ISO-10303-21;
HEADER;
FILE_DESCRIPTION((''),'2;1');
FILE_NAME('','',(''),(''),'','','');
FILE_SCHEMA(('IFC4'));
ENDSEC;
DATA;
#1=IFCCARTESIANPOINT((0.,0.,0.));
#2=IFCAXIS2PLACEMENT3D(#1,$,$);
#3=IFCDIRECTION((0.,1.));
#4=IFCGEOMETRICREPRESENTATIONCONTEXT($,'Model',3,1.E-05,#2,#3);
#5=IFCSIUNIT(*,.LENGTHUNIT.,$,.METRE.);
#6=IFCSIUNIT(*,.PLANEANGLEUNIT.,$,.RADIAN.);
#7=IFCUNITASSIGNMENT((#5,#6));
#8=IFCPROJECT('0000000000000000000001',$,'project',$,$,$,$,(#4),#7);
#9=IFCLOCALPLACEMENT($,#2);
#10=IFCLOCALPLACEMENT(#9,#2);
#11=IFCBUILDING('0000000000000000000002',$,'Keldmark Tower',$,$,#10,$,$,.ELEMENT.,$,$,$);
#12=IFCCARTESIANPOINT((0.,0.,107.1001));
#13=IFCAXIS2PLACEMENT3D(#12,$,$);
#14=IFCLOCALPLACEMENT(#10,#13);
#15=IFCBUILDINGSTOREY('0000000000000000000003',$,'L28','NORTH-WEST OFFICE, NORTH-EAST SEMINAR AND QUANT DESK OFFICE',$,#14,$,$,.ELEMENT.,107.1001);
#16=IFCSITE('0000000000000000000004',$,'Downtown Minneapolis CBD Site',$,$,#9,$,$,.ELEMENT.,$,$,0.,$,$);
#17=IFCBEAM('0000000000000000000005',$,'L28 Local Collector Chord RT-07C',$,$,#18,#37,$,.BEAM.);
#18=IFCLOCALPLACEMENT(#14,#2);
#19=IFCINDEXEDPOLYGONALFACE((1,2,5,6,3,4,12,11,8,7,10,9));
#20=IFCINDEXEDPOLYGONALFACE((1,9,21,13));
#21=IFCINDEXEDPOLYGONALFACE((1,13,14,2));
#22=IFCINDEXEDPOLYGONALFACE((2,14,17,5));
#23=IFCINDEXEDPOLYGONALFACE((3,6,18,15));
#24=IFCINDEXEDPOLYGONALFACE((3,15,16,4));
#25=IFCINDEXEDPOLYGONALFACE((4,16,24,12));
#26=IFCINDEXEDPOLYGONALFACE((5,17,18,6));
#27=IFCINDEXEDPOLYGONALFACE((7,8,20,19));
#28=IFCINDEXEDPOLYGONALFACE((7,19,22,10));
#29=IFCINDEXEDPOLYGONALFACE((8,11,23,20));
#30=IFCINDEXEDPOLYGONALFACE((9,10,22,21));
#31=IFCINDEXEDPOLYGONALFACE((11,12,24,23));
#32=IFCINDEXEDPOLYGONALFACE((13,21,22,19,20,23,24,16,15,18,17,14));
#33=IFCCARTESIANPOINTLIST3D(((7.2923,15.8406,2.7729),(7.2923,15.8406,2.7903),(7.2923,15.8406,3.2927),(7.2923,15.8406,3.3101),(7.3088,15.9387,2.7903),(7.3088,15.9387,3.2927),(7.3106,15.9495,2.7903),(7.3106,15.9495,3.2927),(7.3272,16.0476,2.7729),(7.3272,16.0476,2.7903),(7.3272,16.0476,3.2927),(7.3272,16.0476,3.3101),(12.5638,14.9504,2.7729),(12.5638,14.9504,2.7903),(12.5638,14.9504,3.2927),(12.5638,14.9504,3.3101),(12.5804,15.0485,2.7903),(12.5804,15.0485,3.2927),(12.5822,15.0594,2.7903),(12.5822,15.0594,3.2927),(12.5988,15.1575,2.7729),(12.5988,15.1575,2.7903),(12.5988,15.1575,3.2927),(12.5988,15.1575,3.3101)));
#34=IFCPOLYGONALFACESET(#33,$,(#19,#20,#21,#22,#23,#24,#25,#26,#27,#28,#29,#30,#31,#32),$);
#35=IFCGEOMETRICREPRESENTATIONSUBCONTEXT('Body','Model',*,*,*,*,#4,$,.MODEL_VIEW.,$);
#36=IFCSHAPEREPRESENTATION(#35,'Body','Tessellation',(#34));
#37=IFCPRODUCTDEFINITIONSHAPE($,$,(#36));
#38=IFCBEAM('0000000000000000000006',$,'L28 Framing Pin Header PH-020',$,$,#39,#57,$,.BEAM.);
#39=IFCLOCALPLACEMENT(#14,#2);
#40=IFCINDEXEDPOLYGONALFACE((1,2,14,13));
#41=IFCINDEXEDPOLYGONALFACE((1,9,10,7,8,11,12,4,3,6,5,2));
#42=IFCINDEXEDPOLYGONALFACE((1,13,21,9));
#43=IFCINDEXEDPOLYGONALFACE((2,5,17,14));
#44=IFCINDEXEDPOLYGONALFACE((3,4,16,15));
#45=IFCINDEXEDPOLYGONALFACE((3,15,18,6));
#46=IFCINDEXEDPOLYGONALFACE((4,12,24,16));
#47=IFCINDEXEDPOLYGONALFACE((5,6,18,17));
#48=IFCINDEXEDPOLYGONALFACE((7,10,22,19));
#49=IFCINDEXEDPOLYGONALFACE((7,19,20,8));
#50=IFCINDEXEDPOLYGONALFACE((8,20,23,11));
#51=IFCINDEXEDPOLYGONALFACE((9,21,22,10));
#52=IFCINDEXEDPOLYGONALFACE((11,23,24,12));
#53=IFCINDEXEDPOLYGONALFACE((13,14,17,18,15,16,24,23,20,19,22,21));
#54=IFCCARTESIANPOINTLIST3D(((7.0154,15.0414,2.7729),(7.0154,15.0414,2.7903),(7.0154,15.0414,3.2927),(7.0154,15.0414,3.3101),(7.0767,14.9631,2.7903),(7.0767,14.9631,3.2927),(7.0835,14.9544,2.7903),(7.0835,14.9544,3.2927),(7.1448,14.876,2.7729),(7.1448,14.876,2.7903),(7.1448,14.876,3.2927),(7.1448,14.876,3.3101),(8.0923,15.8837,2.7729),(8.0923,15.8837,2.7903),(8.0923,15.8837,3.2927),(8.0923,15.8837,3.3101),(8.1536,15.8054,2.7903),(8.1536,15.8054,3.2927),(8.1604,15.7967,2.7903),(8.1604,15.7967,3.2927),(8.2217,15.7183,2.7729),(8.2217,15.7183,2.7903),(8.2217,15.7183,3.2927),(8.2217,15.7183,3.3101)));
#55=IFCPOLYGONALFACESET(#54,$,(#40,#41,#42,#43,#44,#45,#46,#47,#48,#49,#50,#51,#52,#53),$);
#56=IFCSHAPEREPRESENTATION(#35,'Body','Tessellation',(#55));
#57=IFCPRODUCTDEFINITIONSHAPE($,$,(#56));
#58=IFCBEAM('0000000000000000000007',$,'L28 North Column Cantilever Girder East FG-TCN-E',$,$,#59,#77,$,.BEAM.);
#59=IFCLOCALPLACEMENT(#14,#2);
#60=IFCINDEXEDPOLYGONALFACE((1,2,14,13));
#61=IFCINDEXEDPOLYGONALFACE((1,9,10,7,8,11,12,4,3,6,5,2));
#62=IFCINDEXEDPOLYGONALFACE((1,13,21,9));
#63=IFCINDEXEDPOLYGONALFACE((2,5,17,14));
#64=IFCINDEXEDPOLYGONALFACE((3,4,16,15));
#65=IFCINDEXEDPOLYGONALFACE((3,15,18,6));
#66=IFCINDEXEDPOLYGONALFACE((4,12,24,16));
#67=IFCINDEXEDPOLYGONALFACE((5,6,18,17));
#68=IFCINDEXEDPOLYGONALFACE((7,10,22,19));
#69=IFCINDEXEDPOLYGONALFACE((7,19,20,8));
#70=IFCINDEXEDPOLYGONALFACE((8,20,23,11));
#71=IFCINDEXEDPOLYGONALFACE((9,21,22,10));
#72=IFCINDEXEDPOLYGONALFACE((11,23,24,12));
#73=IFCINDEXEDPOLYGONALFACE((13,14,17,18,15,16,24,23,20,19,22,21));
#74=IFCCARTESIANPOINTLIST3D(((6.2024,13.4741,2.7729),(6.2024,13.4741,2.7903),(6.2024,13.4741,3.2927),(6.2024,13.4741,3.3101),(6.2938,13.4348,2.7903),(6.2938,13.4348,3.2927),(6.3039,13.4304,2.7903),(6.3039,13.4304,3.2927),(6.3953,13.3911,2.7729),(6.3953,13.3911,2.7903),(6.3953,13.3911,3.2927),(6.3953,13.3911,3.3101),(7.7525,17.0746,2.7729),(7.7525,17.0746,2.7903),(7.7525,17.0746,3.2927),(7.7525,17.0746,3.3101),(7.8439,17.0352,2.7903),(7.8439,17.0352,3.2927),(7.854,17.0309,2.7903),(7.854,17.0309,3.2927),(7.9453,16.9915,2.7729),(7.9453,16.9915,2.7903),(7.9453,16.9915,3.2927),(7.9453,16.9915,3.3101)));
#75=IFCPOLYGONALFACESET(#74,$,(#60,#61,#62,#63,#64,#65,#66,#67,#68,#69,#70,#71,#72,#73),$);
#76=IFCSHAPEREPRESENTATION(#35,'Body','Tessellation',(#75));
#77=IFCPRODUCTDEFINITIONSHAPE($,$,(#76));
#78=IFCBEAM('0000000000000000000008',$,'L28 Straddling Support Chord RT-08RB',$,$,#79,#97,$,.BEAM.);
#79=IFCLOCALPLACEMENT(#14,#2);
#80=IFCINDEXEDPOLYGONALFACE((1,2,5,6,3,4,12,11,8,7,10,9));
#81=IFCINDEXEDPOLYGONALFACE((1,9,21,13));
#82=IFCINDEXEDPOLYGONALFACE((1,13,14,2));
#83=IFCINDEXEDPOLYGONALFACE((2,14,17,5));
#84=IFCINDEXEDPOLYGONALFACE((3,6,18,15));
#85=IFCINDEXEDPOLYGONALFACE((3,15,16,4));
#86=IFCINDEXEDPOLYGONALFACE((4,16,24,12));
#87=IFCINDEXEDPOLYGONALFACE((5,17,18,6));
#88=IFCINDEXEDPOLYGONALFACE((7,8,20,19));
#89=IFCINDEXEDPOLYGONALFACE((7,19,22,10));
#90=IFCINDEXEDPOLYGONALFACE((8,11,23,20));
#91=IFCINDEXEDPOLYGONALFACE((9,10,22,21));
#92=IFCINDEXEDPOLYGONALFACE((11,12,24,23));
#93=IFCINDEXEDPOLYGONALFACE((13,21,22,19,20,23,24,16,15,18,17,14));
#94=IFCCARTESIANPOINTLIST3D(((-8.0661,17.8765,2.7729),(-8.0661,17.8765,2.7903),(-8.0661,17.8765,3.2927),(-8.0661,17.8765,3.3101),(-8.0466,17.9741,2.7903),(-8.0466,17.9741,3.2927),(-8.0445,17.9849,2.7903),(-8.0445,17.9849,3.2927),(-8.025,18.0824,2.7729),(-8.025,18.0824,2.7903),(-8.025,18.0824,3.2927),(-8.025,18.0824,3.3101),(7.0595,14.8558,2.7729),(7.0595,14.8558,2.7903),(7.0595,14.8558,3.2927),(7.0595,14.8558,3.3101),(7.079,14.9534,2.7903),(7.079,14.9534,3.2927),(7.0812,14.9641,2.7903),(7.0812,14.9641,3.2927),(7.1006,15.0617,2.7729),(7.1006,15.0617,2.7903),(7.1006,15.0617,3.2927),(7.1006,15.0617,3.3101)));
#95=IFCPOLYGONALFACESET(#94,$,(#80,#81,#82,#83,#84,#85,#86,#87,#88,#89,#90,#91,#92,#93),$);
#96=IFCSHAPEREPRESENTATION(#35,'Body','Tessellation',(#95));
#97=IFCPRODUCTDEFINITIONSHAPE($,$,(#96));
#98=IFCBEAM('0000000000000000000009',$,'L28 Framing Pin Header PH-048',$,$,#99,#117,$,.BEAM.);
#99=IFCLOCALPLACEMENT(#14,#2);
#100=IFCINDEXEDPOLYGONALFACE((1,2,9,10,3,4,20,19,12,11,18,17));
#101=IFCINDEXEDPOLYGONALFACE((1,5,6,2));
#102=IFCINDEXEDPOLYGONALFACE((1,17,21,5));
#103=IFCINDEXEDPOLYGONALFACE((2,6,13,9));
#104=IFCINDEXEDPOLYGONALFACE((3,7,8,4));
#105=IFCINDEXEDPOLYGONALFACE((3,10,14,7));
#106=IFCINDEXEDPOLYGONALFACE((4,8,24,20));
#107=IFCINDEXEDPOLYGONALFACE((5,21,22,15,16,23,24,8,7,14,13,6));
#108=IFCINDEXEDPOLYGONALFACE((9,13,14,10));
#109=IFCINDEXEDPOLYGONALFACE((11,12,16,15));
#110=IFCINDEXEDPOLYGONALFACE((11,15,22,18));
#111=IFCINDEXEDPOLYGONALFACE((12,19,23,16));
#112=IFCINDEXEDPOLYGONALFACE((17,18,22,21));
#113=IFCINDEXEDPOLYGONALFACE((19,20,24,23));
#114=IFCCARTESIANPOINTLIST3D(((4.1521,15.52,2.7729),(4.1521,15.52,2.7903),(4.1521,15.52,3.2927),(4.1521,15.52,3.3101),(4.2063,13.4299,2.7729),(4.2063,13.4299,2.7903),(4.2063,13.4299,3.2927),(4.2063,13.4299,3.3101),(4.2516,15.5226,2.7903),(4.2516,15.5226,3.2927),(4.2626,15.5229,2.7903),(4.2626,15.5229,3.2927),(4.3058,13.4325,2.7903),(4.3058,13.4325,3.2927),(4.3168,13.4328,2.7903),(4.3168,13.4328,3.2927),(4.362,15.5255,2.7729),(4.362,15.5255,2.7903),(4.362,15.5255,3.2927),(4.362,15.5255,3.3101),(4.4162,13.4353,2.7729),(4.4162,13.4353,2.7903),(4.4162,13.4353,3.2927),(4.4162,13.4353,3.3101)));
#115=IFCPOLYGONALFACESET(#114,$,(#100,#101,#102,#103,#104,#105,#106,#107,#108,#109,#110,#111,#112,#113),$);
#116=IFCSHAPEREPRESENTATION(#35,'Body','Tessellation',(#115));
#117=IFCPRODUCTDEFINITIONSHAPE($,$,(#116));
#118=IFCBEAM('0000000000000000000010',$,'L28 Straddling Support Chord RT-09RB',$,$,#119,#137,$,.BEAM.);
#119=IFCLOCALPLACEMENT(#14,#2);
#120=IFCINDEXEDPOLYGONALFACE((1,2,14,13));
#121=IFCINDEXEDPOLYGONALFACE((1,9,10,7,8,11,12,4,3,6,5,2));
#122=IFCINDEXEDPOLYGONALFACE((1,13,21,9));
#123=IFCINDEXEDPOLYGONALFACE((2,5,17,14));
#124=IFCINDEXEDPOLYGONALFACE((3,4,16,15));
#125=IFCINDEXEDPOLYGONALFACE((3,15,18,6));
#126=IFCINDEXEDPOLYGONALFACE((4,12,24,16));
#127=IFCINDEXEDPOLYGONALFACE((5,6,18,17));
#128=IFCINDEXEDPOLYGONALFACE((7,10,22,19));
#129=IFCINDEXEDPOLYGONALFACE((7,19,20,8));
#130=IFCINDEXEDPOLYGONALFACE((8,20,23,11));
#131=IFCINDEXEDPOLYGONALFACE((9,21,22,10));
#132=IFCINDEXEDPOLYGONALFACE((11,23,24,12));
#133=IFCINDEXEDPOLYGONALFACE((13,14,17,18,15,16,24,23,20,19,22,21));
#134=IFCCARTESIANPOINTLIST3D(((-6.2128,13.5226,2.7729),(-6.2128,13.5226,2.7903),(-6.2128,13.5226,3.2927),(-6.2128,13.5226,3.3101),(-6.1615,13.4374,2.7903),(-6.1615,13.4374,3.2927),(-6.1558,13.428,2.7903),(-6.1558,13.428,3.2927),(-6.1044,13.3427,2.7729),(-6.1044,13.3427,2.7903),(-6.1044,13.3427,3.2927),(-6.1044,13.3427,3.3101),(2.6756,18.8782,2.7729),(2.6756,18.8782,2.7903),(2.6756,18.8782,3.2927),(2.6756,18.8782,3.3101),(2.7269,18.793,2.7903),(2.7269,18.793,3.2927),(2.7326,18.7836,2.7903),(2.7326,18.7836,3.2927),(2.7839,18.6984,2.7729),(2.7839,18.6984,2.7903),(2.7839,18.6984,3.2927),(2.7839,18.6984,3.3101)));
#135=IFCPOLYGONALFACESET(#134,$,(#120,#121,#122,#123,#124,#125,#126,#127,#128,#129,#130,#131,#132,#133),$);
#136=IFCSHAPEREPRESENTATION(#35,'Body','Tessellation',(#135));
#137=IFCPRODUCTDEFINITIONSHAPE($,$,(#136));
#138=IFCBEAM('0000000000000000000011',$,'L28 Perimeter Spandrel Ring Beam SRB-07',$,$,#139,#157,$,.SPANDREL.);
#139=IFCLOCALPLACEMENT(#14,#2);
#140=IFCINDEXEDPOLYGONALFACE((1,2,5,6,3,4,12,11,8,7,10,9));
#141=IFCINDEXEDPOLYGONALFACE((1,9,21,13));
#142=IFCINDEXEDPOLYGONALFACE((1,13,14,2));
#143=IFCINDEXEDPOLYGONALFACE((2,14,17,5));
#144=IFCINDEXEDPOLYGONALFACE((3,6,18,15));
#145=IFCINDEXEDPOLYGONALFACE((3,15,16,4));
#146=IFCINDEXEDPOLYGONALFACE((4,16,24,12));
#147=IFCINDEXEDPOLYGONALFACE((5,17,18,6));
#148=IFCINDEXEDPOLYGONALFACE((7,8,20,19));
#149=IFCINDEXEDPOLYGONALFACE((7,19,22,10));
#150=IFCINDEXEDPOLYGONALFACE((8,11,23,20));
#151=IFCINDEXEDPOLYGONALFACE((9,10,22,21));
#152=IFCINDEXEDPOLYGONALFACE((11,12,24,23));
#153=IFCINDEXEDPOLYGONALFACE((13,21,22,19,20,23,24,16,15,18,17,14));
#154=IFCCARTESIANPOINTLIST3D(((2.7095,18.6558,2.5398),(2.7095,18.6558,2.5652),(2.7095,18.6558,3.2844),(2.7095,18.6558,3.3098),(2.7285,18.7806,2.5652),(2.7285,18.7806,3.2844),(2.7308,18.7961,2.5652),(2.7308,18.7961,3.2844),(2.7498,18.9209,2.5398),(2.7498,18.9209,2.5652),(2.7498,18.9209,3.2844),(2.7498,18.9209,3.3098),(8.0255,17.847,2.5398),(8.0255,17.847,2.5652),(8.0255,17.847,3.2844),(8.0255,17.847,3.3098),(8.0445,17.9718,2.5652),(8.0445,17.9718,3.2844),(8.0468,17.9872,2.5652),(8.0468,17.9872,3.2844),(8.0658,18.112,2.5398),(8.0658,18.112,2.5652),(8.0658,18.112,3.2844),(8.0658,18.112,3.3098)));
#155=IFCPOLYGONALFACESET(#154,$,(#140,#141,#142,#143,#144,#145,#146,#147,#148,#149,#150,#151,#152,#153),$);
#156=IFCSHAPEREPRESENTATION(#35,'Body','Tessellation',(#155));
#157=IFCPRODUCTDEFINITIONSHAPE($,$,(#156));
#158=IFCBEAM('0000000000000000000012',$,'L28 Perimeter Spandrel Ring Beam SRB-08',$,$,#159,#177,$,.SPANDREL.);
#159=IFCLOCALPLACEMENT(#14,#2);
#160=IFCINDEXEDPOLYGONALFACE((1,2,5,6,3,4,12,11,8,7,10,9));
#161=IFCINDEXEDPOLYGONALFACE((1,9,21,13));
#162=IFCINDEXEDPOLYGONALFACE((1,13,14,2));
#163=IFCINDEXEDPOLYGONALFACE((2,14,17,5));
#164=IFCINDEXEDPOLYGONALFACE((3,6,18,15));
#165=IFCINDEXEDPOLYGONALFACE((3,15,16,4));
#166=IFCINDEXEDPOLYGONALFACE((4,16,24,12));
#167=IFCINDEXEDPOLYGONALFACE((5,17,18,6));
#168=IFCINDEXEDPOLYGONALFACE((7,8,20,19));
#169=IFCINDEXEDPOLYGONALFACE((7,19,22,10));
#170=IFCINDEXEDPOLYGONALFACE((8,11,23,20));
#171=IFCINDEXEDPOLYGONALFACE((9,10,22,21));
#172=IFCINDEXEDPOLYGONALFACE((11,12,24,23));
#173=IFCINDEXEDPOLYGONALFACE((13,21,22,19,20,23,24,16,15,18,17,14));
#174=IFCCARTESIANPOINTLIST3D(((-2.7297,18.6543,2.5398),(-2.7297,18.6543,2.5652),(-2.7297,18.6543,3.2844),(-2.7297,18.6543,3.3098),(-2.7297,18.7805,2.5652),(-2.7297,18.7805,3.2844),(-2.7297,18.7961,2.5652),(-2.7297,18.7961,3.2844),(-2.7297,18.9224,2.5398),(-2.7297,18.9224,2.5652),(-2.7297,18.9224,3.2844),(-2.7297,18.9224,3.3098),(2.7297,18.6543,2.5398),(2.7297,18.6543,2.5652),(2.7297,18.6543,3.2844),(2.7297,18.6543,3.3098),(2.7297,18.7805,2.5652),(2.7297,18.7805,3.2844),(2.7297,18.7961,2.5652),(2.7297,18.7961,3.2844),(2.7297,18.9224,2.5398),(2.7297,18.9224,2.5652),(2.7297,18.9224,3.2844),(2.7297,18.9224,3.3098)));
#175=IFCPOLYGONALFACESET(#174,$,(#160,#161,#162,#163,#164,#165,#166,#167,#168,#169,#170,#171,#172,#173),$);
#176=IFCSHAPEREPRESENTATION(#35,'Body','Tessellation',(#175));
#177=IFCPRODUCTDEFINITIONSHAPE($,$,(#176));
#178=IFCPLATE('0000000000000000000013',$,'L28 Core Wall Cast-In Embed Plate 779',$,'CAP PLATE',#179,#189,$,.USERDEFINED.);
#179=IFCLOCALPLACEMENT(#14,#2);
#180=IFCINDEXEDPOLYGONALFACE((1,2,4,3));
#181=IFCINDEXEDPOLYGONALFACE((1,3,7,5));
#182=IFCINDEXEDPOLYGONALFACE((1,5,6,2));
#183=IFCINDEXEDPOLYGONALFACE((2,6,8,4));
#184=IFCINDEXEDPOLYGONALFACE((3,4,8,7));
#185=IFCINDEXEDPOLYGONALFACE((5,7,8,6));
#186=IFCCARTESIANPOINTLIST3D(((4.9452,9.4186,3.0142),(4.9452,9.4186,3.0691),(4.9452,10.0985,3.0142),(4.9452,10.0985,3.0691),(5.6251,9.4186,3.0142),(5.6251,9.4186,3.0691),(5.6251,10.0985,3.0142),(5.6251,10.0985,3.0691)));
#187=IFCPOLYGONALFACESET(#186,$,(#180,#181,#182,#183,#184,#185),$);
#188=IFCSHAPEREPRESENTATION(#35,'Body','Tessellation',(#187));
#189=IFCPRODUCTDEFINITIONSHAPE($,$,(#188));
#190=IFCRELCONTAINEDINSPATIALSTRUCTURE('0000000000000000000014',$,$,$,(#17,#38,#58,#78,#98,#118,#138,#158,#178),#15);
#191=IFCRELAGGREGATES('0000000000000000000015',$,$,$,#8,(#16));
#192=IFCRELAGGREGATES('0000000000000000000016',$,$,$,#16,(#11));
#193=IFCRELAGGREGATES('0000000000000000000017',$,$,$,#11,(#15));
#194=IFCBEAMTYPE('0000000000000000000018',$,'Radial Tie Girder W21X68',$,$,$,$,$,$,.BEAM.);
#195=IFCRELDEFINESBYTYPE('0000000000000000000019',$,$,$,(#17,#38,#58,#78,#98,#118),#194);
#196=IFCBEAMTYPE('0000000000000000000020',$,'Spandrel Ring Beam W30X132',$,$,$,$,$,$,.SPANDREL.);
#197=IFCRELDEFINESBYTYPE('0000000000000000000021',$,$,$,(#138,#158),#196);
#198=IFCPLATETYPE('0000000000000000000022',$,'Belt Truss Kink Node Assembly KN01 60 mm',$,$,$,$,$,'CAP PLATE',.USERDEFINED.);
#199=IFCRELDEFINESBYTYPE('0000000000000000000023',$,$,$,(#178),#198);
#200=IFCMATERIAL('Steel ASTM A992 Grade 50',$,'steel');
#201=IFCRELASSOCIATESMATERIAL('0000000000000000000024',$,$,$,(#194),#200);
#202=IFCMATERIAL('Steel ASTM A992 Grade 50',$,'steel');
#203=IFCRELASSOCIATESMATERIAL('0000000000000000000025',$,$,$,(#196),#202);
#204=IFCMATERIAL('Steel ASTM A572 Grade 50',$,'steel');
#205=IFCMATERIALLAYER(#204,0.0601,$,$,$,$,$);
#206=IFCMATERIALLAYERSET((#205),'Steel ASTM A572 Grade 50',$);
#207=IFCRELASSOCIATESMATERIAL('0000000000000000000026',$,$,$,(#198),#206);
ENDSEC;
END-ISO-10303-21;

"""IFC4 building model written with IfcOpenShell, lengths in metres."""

from ifc_helpers import new_model, si_unit, direction, frame, origin, origin_2d, place, context, subcontext, project, spatial, rectangle, i_section, extrude, material, layer, layer_set, material_profile, profile_set, type_object, element, save


model = new_model("IFC4")

# Units and contexts
model_context = context("Model", 3, precision=1e-05, world=origin(), true_north=direction((0.0, 1.0)))
body_context = subcontext(model_context, "Body", "Model", "MODEL_VIEW")
ifc_project = project(units=[si_unit("LENGTHUNIT", "METRE"), si_unit("PLANEANGLEUNIT", "RADIAN")], contexts=[model_context])

# Site, building, storey
site_placement = place(None, origin())
site = spatial("IfcSite", under=ifc_project, at=site_placement, Name="Downtown Minneapolis CBD Site", CompositionType="ELEMENT", RefElevation=0.0)
building_placement = place(site_placement, origin())
building = spatial("IfcBuilding", under=site, at=building_placement, Name="Keldmark Tower", CompositionType="ELEMENT")
storey_placement = place(building_placement, frame((0.0, 0.0, 107.1001)))
storey = spatial("IfcBuildingStorey", under=building, at=storey_placement, Name="L28", Description="NORTH-WEST OFFICE, NORTH-EAST SEMINAR AND QUANT DESK OFFICE", CompositionType="ELEMENT", Elevation=107.1001)

# Beams
ifc_material_1 = material(Name="Steel ASTM A992 Grade 50", Category="steel")
ifc_material_profile_1 = material_profile(ifc_material_1, i_section(OverallWidth=0.21, OverallDepth=0.5371, WebThickness=0.011, FlangeThickness=0.0173, at=origin_2d()), Name="W21X68")
ifc_profile_set_1 = profile_set([ifc_material_profile_1], Name="Steel ASTM A992 Grade 50")
beam_type_1 = type_object("IfcBeamType", Name="Radial Tie Girder W21X68", PredefinedType="BEAM", material=ifc_profile_set_1)
beam_1_placement = place(storey_placement, frame((12.5813, 15.054, 3.0415), z_axis=(-0.986041, 0.166502, 0.0), x_axis=(-0.166502, -0.986041, 0.0)))
element("IfcBeam", 1, at=beam_1_placement, inside=storey, type_object=beam_type_1, Name="L28 Local Collector Chord RT-07C", PredefinedType="BEAM", context=body_context, shape_type="SweptSolid", body=[
    extrude(i_section(OverallWidth=0.21, OverallDepth=0.5371, WebThickness=0.011, FlangeThickness=0.0173, at=origin_2d()), origin(), (0.0, 0.0, 1.0), 5.3462),
])
beam_2_placement = place(storey_placement, frame((7.0801, 14.9587, 3.0415), z_axis=(0.787686, 0.616077, 0.0), x_axis=(-0.616077, 0.787686, 0.0)))
element("IfcBeam", 2, at=beam_2_placement, inside=storey, type_object=beam_type_1, Name="L28 Framing Pin Header PH-020", PredefinedType="BEAM", context=body_context, shape_type="SweptSolid", body=[
    extrude(i_section(OverallWidth=0.21, OverallDepth=0.5371, WebThickness=0.011, FlangeThickness=0.0173, at=origin_2d()), origin(), (0.0, 0.0, 1.0), 1.3672),
])
beam_3_placement = place(storey_placement, frame((6.2988, 13.4326, 3.0415), z_axis=(0.395437, 0.918493, 0.0), x_axis=(-0.918493, 0.395437, 0.0)))
element("IfcBeam", 3, at=beam_3_placement, inside=storey, type_object=beam_type_1, Name="L28 North Column Cantilever Girder East FG-TCN-E", PredefinedType="BEAM", context=body_context, shape_type="SweptSolid", body=[
    extrude(i_section(OverallWidth=0.21, OverallDepth=0.5371, WebThickness=0.011, FlangeThickness=0.0173, at=origin_2d()), origin(), (0.0, 0.0, 1.0), 3.9199),
])
beam_4_placement = place(storey_placement, frame((7.0801, 14.9587, 3.0415), z_axis=(-0.980635, 0.195842, 0.0), x_axis=(-0.195842, -0.980635, 0.0)))
element("IfcBeam", 4, at=beam_4_placement, inside=storey, type_object=beam_type_1, Name="L28 Straddling Support Chord RT-08RB", PredefinedType="BEAM", context=body_context, shape_type="SweptSolid", body=[
    extrude(i_section(OverallWidth=0.21, OverallDepth=0.5371, WebThickness=0.011, FlangeThickness=0.0173, at=origin_2d()), origin(), (0.0, 0.0, 1.0), 15.4243),
])
beam_5_placement = place(storey_placement, frame((4.3113, 13.4326, 3.0415), z_axis=(-0.025923, 0.999664, 0.0), x_axis=(-0.999664, -0.025923, 0.0)))
element("IfcBeam", 5, at=beam_5_placement, inside=storey, type_object=beam_type_1, Name="L28 Framing Pin Header PH-048", PredefinedType="BEAM", context=body_context, shape_type="SweptSolid", body=[
    extrude(i_section(OverallWidth=0.21, OverallDepth=0.5371, WebThickness=0.011, FlangeThickness=0.0173, at=origin_2d()), origin(), (0.0, 0.0, 1.0), 2.0908),
])
beam_6_placement = place(storey_placement, frame((2.7297, 18.7883, 3.0415), z_axis=(-0.856528, -0.5161, 0.0), x_axis=(0.5161, -0.856528, 0.0)))
element("IfcBeam", 6, at=beam_6_placement, inside=storey, type_object=beam_type_1, Name="L28 Straddling Support Chord RT-09RB", PredefinedType="BEAM", context=body_context, shape_type="SweptSolid", body=[
    extrude(i_section(OverallWidth=0.21, OverallDepth=0.5371, WebThickness=0.011, FlangeThickness=0.0173, at=origin_2d()), origin(), (0.0, 0.0, 1.0), 10.3772),
])
ifc_material_2 = material(Name="Steel ASTM A992 Grade 50", Category="steel")
ifc_material_profile_2 = material_profile(ifc_material_2, i_section(OverallWidth=0.2681, OverallDepth=0.77, WebThickness=0.0156, FlangeThickness=0.0254, at=origin_2d()), Name="W30X132")
ifc_profile_set_2 = profile_set([ifc_material_profile_2], Name="Steel ASTM A992 Grade 50")
beam_type_2 = type_object("IfcBeamType", Name="Spandrel Ring Beam W30X132", PredefinedType="SPANDREL", material=ifc_profile_set_2)
beam_7_placement = place(storey_placement, frame((8.0457, 17.9795, 2.9248), z_axis=(-0.988622, 0.150423, 0.0), x_axis=(-0.150423, -0.988622, 0.0)))
element("IfcBeam", 7, at=beam_7_placement, inside=storey, type_object=beam_type_2, Name="L28 Perimeter Spandrel Ring Beam SRB-07", PredefinedType="SPANDREL", context=body_context, shape_type="SweptSolid", body=[
    extrude(i_section(OverallWidth=0.2681, OverallDepth=0.77, WebThickness=0.0156, FlangeThickness=0.0254, at=origin_2d()), origin(), (0.0, 0.0, 1.0), 5.3772),
])
beam_8_placement = place(storey_placement, frame((2.7297, 18.7883, 2.9248), z_axis=(-1.0, 0.0, 0.0), x_axis=(0.0, -1.0, 0.0)))
element("IfcBeam", 8, at=beam_8_placement, inside=storey, type_object=beam_type_2, Name="L28 Perimeter Spandrel Ring Beam SRB-08", PredefinedType="SPANDREL", context=body_context, shape_type="SweptSolid", body=[
    extrude(i_section(OverallWidth=0.2681, OverallDepth=0.77, WebThickness=0.0156, FlangeThickness=0.0254, at=origin_2d()), origin(), (0.0, 0.0, 1.0), 5.4595),
])

# Plate
ifc_material_3 = material(Name="Steel ASTM A572 Grade 50", Category="steel")
ifc_layer_1 = layer(ifc_material_3, 0.0601)
ifc_layer_set_1 = layer_set([ifc_layer_1], Name="Steel ASTM A572 Grade 50")
plate_type_1 = type_object("IfcPlateType", Name="Belt Truss Kink Node Assembly KN01 60 mm", ElementType="CAP PLATE", PredefinedType="USERDEFINED", material=ifc_layer_set_1)
for number, where, z_axis, x_axis, name in (
    (9, (5.2852, 9.7585, 3.0142), (0.0, 0.0, 1.0), (1.0, 0.0, 0.0), "L28 Core Wall Cast-In Embed Plate 779"),
):
    element("IfcPlate", number, at=place(storey_placement, frame(where, z_axis=z_axis, x_axis=x_axis)), inside=storey, type_object=plate_type_1, Name=name, ObjectType="CAP PLATE", PredefinedType="USERDEFINED", context=body_context, shape_type="SweptSolid", body=[
        extrude(rectangle(XDim=0.6799, YDim=0.6799, at=origin_2d()), origin(), (0.0, 0.0, 1.0), 0.0549),
    ])

save(model, "model.ifc")
